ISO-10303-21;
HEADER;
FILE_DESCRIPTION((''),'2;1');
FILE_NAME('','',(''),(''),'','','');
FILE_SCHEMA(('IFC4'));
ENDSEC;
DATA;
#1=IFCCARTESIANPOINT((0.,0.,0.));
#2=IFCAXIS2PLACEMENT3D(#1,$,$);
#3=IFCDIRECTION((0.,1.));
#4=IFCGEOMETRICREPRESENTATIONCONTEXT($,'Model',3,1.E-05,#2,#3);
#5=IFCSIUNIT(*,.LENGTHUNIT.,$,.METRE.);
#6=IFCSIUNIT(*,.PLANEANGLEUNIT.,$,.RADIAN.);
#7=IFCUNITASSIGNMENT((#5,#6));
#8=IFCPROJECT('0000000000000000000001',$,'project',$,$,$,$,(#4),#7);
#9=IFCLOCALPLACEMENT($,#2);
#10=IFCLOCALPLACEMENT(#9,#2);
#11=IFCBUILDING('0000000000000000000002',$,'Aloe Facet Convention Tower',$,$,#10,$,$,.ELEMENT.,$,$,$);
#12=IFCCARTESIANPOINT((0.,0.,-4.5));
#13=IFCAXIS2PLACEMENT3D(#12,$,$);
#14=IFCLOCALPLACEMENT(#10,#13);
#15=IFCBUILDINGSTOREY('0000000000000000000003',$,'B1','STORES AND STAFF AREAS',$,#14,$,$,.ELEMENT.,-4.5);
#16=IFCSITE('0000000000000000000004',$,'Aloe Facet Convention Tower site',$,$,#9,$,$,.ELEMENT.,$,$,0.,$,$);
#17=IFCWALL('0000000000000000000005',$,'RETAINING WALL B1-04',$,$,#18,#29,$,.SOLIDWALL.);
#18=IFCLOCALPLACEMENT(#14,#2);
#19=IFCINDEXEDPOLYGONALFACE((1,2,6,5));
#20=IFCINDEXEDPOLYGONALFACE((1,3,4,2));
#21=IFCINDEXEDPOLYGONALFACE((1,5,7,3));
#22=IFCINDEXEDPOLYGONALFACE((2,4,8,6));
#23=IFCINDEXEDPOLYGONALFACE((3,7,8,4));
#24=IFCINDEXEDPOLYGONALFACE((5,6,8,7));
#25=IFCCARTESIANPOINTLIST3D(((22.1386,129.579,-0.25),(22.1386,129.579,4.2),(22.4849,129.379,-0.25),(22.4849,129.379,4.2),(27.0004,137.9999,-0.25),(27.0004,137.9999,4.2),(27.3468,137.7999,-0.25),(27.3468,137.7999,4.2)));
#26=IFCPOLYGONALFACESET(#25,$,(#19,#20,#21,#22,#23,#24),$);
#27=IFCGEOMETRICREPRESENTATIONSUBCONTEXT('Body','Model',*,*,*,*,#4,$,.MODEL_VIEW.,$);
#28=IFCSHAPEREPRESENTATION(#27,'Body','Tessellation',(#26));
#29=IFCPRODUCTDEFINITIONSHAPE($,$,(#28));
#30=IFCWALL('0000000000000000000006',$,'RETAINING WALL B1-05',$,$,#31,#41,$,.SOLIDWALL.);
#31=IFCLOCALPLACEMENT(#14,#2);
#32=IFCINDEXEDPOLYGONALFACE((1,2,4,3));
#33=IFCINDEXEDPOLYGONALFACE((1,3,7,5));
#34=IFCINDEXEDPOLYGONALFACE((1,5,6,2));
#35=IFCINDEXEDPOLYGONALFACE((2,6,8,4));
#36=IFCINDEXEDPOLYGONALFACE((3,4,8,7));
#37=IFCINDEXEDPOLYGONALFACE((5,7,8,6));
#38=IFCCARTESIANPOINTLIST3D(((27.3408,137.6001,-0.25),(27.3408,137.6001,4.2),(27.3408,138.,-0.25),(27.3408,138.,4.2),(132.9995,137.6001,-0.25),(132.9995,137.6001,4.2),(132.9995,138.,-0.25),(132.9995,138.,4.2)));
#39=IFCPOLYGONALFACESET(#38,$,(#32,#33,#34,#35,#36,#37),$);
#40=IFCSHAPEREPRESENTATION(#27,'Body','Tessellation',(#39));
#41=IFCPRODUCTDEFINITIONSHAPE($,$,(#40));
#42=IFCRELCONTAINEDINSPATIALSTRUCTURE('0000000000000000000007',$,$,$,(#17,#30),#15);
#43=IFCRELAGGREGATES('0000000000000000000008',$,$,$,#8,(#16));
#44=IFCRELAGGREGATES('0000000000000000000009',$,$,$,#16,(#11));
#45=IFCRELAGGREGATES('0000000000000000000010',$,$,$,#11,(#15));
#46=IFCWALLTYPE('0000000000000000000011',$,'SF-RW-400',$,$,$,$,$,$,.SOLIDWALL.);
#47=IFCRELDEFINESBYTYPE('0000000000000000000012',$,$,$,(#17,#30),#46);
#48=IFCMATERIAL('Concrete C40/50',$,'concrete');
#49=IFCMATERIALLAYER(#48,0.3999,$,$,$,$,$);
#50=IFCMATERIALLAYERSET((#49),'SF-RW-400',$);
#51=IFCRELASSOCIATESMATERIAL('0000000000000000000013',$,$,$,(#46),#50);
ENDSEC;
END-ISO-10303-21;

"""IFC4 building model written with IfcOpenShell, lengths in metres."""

from ifc_helpers import new_model, si_unit, direction, frame, frame_2d, origin, place, context, subcontext, project, spatial, rectangle, extrude, material, layer, layer_set, type_object, element, save


model = new_model("IFC4")

# Units and contexts
model_context = context("Model", 3, precision=1e-05, world=origin(), true_north=direction((0.0, 1.0)))
body_context = subcontext(model_context, "Body", "Model", "MODEL_VIEW")
ifc_project = project(units=[si_unit("LENGTHUNIT", "METRE"), si_unit("PLANEANGLEUNIT", "RADIAN")], contexts=[model_context])

# Site, building, storey
site_placement = place(None, origin())
site = spatial("IfcSite", under=ifc_project, at=site_placement, Name="Aloe Facet Convention Tower site", CompositionType="ELEMENT", RefElevation=0.0)
building_placement = place(site_placement, origin())
building = spatial("IfcBuilding", under=site, at=building_placement, Name="Aloe Facet Convention Tower", CompositionType="ELEMENT")
storey_placement = place(building_placement, frame((0.0, 0.0, -4.5)))
storey = spatial("IfcBuildingStorey", under=building, at=storey_placement, Name="B1", Description="STORES AND STAFF AREAS", CompositionType="ELEMENT", Elevation=-4.5)

# Walls
ifc_material_1 = material(Name="Concrete C40/50", Category="concrete")
ifc_layer = layer(ifc_material_1, 0.3999)
ifc_layer_set = layer_set([ifc_layer], Name="SF-RW-400")
wall_type = type_object("IfcWallType", Name="SF-RW-400", PredefinedType="SOLIDWALL", material=ifc_layer_set)
wall_1_placement = place(storey_placement, frame((22.3118, 129.479, -0.25), z_axis=(0.0, 0.0, 1.0), x_axis=(0.500001, 0.866025, 0.0)))
element("IfcWall", 1, at=wall_1_placement, inside=storey, type_object=wall_type, Name="RETAINING WALL B1-04", PredefinedType="SOLIDWALL", context=body_context, shape_type="SweptSolid", body=[
    extrude(rectangle(XDim=9.7236, YDim=0.3999, at=frame_2d((4.8618, 0.0))), origin(), (0.0, 0.0, 1.0), 4.45),
])
wall_2_placement = place(storey_placement, frame((27.3408, 137.8, -0.25), z_axis=(0.0, 0.0, 1.0), x_axis=(1.0, 0.0, 0.0)))
element("IfcWall", 2, at=wall_2_placement, inside=storey, type_object=wall_type, Name="RETAINING WALL B1-05", PredefinedType="SOLIDWALL", context=body_context, shape_type="SweptSolid", body=[
    extrude(rectangle(XDim=105.6587, YDim=0.3999, at=frame_2d((52.8293, 0.0))), origin(), (0.0, 0.0, 1.0), 4.45),
])

save(model, "model.ifc")
